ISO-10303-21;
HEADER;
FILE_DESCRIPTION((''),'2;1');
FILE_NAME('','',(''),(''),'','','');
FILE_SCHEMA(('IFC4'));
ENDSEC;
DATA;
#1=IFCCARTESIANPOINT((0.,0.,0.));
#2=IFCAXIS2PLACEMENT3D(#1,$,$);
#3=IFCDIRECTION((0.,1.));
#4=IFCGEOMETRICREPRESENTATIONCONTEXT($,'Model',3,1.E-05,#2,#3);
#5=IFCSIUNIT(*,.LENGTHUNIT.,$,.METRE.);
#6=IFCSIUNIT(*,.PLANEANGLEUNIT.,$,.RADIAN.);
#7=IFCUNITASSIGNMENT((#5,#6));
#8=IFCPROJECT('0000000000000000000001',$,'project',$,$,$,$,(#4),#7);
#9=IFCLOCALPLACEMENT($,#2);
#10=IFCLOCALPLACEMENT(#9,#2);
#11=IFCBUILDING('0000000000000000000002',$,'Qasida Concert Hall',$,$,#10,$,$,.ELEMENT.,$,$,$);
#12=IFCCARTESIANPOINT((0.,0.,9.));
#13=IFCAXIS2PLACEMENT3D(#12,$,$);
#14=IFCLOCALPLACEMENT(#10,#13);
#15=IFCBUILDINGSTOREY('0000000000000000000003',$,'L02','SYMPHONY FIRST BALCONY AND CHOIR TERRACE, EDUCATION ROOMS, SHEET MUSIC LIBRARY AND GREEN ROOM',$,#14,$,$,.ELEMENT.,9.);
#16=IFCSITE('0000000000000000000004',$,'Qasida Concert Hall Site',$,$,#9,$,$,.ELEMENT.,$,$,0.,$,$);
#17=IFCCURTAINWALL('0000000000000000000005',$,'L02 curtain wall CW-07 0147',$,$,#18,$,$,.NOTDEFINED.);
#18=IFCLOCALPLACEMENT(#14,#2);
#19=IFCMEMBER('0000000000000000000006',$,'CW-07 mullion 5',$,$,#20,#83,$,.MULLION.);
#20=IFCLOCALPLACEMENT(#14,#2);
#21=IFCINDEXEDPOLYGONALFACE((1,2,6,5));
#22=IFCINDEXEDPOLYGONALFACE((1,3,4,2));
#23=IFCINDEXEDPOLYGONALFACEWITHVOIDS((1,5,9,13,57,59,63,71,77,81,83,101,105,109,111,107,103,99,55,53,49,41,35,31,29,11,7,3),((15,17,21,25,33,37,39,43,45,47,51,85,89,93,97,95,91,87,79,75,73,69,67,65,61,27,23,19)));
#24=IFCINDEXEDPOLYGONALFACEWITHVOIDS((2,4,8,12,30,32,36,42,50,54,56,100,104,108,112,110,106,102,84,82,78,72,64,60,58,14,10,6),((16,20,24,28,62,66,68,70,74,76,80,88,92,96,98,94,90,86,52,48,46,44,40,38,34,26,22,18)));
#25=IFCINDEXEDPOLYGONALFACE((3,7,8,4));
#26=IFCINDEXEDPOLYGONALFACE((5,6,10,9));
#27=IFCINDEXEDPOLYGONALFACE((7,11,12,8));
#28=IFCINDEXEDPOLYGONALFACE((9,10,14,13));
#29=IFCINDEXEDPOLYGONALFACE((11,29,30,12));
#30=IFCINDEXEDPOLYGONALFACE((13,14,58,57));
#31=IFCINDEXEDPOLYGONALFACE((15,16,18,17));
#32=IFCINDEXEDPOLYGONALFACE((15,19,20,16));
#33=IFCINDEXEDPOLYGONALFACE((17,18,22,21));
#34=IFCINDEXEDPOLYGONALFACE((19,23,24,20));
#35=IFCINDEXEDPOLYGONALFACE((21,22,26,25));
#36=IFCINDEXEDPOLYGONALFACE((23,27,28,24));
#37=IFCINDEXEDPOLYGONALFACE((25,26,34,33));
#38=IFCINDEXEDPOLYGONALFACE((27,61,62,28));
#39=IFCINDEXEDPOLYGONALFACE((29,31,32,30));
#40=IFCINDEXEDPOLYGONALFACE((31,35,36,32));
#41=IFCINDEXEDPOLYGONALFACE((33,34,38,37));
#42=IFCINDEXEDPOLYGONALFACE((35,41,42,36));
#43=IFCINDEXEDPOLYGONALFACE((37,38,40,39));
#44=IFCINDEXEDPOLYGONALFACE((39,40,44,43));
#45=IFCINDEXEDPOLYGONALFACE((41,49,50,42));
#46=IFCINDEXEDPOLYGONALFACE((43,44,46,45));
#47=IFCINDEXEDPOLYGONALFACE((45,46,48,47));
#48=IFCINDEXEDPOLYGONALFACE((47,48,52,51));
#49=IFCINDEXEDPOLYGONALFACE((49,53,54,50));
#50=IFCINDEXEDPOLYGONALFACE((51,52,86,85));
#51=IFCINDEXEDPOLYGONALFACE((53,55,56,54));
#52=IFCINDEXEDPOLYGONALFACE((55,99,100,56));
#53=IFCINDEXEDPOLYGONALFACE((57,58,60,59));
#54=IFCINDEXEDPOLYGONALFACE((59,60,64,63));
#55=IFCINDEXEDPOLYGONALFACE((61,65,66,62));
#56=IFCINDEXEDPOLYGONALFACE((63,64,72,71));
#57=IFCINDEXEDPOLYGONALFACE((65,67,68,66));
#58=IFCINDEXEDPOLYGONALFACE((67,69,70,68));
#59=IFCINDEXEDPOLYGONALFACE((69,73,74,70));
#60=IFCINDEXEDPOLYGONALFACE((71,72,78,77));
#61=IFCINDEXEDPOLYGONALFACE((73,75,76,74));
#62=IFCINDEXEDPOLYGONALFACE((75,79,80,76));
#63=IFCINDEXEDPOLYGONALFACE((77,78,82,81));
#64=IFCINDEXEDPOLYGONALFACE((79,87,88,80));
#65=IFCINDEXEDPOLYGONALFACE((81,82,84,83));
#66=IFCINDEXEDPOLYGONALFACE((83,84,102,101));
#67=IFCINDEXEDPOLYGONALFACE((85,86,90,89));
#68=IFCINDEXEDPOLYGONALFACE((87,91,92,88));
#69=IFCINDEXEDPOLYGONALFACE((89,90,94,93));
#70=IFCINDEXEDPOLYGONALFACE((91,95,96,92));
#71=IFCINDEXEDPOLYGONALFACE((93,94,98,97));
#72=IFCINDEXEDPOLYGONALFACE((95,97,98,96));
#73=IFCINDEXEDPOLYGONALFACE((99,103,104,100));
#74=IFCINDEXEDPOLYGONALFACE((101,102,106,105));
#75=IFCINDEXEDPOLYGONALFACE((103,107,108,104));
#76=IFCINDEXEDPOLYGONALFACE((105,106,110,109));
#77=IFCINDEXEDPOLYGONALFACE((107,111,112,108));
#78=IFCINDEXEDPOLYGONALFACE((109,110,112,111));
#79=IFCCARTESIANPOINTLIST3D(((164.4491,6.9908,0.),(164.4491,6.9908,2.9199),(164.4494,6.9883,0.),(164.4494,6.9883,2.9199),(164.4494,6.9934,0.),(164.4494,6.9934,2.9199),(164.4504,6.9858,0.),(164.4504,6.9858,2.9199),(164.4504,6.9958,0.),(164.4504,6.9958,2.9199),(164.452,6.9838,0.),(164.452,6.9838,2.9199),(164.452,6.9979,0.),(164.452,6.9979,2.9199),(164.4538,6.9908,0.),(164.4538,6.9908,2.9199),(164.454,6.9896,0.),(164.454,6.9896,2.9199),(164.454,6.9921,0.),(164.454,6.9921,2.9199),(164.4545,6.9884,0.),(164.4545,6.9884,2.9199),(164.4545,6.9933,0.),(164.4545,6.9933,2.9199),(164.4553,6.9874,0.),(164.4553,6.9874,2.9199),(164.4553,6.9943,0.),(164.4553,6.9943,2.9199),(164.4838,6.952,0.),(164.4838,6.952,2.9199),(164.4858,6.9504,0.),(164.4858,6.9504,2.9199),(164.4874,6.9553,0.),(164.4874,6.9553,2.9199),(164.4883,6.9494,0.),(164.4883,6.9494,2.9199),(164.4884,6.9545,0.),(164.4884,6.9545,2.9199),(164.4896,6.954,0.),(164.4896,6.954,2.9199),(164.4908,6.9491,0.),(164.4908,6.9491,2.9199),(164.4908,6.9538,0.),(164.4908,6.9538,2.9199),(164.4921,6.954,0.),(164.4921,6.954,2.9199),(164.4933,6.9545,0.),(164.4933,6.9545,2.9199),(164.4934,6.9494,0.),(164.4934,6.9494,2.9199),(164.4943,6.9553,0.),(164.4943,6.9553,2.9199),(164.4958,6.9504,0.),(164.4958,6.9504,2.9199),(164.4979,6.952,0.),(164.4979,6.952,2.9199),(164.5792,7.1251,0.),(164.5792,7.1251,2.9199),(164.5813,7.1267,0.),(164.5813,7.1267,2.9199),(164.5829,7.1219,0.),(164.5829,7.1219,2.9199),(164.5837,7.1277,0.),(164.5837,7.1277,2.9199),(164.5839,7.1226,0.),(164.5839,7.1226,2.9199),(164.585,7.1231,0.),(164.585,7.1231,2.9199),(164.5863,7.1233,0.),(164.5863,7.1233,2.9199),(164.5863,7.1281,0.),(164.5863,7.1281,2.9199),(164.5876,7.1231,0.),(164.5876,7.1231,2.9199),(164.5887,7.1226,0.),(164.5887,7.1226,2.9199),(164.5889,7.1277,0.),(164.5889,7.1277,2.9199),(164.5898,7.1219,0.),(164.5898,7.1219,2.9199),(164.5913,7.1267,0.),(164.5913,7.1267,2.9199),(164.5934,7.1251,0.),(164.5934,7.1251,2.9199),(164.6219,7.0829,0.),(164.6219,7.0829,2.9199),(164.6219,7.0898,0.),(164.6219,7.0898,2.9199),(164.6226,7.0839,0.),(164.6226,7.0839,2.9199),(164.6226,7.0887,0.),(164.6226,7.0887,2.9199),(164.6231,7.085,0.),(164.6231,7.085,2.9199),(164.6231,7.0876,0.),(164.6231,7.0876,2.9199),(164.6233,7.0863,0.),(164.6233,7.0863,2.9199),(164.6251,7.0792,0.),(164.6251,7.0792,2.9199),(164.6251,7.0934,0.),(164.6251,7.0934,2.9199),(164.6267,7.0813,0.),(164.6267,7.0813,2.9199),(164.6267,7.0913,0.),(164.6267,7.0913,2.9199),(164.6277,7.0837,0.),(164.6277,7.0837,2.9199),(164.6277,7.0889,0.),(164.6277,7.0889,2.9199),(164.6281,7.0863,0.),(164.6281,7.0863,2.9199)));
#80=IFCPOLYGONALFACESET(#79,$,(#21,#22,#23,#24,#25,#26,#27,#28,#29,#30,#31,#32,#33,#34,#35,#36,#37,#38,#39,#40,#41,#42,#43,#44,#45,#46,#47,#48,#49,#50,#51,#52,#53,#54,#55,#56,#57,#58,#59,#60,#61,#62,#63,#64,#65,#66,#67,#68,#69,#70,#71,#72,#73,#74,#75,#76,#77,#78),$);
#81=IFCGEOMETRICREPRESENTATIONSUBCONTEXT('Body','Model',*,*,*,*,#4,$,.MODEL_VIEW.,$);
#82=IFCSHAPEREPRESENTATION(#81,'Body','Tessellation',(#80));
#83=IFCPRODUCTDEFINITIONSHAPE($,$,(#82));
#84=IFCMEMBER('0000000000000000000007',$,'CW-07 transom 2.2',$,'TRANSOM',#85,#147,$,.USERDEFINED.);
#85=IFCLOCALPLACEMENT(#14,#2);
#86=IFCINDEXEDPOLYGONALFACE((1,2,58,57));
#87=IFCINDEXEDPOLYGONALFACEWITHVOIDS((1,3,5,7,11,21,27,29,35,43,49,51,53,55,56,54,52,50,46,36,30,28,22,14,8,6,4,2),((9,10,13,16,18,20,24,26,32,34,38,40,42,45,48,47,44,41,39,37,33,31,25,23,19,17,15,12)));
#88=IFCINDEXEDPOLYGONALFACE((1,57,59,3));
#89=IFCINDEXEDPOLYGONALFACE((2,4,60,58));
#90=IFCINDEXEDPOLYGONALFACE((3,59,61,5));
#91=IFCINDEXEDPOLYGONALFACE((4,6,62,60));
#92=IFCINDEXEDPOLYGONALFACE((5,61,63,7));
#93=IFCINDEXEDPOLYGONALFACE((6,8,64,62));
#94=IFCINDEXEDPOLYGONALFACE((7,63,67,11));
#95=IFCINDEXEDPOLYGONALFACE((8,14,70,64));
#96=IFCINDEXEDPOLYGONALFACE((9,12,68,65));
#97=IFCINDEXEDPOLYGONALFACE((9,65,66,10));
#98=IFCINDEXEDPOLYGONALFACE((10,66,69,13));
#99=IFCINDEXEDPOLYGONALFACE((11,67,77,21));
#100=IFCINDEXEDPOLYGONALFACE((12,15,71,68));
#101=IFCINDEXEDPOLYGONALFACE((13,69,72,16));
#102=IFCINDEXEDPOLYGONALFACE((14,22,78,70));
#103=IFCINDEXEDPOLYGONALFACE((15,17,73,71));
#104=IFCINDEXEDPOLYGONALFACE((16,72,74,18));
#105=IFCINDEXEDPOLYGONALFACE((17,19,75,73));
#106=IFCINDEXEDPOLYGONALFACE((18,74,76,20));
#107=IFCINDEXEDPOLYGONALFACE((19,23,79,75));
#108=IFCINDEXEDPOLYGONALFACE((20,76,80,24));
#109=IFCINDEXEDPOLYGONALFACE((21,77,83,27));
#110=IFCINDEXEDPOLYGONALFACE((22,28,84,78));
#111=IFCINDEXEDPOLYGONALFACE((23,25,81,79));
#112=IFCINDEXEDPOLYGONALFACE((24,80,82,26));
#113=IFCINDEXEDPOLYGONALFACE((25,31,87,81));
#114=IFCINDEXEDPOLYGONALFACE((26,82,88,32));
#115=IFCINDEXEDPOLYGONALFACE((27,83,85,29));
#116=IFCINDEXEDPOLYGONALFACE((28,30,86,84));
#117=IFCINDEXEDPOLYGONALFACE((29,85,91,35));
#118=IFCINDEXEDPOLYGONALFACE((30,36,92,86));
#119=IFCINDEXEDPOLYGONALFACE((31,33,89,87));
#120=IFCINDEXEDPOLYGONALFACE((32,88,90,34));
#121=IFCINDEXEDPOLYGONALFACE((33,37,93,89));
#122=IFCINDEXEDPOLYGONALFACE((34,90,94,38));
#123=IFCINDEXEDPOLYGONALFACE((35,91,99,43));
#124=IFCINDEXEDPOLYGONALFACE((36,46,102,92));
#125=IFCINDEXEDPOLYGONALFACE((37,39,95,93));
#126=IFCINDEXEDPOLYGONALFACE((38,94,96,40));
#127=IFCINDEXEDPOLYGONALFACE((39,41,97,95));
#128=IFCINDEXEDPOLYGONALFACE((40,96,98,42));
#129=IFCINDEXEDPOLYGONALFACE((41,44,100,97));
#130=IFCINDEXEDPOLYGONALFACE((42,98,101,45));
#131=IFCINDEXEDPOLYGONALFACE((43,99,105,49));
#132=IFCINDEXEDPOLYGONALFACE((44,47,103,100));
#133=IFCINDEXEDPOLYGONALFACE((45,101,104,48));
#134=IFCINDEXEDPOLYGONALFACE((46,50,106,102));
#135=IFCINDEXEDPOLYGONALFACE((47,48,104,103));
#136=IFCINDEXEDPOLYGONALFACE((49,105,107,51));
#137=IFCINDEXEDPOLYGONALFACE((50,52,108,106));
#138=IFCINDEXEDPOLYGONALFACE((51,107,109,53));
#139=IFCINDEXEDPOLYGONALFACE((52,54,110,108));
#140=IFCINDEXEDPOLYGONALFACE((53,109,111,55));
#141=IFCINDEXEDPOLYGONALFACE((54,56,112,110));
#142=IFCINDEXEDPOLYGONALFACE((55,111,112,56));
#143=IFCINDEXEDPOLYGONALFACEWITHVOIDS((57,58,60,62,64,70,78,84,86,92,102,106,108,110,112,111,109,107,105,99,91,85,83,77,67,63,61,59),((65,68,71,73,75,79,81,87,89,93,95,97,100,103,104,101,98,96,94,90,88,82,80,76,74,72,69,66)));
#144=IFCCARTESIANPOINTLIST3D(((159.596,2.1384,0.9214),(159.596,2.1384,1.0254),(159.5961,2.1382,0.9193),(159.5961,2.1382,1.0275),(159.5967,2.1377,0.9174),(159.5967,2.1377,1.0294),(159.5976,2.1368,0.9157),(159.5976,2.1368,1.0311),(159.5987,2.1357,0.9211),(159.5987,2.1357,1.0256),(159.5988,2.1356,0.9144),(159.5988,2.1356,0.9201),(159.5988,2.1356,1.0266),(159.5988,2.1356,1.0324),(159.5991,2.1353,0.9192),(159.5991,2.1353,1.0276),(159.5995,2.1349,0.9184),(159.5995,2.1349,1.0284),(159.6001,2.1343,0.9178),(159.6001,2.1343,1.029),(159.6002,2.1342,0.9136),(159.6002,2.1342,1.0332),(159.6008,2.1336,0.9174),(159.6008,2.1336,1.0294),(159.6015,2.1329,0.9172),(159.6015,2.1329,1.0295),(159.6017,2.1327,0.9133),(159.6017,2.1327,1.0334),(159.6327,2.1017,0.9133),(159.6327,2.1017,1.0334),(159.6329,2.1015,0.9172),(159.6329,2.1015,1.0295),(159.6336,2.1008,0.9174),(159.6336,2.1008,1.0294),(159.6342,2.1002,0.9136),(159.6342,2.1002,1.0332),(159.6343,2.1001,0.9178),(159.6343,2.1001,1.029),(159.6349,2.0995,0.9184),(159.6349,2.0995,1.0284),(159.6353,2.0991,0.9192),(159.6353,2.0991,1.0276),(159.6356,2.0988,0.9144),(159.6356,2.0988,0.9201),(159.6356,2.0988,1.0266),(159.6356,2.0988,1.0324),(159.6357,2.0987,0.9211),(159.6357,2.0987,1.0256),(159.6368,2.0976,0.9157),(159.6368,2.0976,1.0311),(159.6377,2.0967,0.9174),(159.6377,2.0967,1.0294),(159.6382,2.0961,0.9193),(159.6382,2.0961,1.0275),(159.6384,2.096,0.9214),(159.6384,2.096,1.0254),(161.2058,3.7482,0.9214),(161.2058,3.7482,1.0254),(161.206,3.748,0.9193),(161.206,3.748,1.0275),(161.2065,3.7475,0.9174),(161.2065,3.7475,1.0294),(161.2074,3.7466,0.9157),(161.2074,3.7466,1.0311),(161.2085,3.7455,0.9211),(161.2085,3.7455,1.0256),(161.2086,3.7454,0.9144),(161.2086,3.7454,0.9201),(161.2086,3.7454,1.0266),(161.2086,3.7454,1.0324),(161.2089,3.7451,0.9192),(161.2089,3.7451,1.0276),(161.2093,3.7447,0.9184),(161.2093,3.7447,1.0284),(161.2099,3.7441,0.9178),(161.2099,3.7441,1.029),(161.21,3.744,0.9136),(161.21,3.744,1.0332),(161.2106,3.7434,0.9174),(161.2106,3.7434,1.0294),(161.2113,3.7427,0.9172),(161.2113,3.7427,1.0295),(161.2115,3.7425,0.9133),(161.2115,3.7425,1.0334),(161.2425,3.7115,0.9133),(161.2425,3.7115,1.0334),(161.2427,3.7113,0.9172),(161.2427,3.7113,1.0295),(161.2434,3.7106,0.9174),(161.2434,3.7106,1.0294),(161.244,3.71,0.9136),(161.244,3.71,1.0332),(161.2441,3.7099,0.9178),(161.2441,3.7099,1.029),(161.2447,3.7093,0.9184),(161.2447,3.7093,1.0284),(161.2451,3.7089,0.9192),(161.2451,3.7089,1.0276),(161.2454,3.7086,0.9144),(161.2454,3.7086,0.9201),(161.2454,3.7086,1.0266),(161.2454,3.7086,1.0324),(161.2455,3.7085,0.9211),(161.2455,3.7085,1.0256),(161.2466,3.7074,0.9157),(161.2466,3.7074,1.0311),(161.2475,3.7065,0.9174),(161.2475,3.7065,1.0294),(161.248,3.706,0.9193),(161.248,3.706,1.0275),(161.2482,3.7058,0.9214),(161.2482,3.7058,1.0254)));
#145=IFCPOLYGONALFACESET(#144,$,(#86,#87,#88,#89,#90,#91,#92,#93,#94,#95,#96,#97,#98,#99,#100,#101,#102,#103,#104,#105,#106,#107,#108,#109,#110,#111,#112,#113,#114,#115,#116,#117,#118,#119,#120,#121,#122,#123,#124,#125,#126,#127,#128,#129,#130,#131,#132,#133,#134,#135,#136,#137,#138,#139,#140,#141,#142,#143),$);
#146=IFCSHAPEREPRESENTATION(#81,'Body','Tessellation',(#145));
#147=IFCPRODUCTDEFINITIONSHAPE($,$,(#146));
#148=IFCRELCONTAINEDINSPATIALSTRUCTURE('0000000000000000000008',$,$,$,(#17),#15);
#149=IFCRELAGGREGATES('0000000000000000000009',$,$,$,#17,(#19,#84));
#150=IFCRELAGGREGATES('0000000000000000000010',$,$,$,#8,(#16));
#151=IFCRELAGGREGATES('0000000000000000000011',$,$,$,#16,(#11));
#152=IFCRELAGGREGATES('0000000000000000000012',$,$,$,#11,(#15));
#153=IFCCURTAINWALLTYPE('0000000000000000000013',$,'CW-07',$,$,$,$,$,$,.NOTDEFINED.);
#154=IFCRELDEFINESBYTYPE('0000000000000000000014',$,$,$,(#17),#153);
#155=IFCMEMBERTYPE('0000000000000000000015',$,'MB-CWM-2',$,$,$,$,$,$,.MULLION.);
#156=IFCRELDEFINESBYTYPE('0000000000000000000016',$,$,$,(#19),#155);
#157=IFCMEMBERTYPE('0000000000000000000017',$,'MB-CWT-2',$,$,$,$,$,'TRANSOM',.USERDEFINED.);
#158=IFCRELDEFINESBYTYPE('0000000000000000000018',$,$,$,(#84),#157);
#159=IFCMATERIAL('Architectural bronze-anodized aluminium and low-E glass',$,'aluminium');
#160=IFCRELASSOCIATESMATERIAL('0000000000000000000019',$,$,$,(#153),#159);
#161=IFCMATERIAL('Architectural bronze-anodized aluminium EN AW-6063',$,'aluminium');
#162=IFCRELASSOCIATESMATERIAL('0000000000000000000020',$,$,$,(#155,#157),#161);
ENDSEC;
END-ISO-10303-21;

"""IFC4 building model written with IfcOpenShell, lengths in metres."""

from ifc_helpers import new_model, si_unit, direction, frame, origin, origin_2d, place, context, subcontext, project, spatial, hollow_rectangle, extrude, material, material_profile, profile_set, type_object, element, aggregate, save


model = new_model("IFC4")

# Units and contexts
model_context = context("Model", 3, precision=1e-05, world=origin(), true_north=direction((0.0, 1.0)))
body_context = subcontext(model_context, "Body", "Model", "MODEL_VIEW")
ifc_project = project(units=[si_unit("LENGTHUNIT", "METRE"), si_unit("PLANEANGLEUNIT", "RADIAN")], contexts=[model_context])

# Site, building, storey
site_placement = place(None, origin())
site = spatial("IfcSite", under=ifc_project, at=site_placement, Name="Qasida Concert Hall Site", CompositionType="ELEMENT", RefElevation=0.0)
building_placement = place(site_placement, origin())
building = spatial("IfcBuilding", under=site, at=building_placement, Name="Qasida Concert Hall", CompositionType="ELEMENT")
storey_placement = place(building_placement, frame((0.0, 0.0, 9.0)))
storey = spatial("IfcBuildingStorey", under=building, at=storey_placement, Name="L02", Description="SYMPHONY FIRST BALCONY AND CHOIR TERRACE, EDUCATION ROOMS, SHEET MUSIC LIBRARY AND GREEN ROOM", CompositionType="ELEMENT", Elevation=9.0)

# Curtain wall, members
ifc_material_1 = material(Name="Architectural bronze-anodized aluminium and low-E glass", Category="aluminium")
curtain_wall_type = type_object("IfcCurtainWallType", Name="CW-07", PredefinedType="NOTDEFINED", material=ifc_material_1)
curtain_wall_placement = place(storey_placement, origin())
curtain_wall = element("IfcCurtainWall", 1, at=curtain_wall_placement, inside=storey, type_object=curtain_wall_type, Name="L02 curtain wall CW-07 0147", PredefinedType="NOTDEFINED")
ifc_material_2 = material(Name="Architectural bronze-anodized aluminium EN AW-6063", Category="aluminium")
ifc_material_profile_1 = material_profile(ifc_material_2, hollow_rectangle(XDim=0.0649, YDim=0.2, WallThickness=0.0049, InnerFilletRadius=0.0049, OuterFilletRadius=0.01, at=origin_2d()), Name="CWM 200x65x5")
ifc_profile_set_1 = profile_set([ifc_material_profile_1], Name="Architectural bronze-anodized aluminium EN AW-6063")
member_type_1 = type_object("IfcMemberType", Name="MB-CWM-2", PredefinedType="MULLION", material=ifc_profile_set_1)
member_1_placement = place(storey_placement, frame((164.5386, 7.0386, 0.0), z_axis=(0.0, 0.0, 1.0), x_axis=(-0.707107, 0.707107, 0.0)))
member_1 = element("IfcMember", 2, at=member_1_placement, type_object=member_type_1, Name="CW-07 mullion 5", PredefinedType="MULLION", context=body_context, shape_type="SweptSolid", body=[
    extrude(hollow_rectangle(XDim=0.0649, YDim=0.2, WallThickness=0.0049, InnerFilletRadius=0.0049, OuterFilletRadius=0.01, at=origin_2d()), origin(), (0.0, 0.0, 1.0), 2.9199),
])
ifc_material_profile_2 = material_profile(ifc_material_2, hollow_rectangle(XDim=0.0601, YDim=0.1201, WallThickness=0.0039, InnerFilletRadius=0.0039, OuterFilletRadius=0.0081, at=origin_2d()), Name="CWT 120x60x4")
ifc_profile_set_2 = profile_set([ifc_material_profile_2], Name="Architectural bronze-anodized aluminium EN AW-6063")
member_type_2 = type_object("IfcMemberType", Name="MB-CWT-2", ElementType="TRANSOM", PredefinedType="USERDEFINED", material=ifc_profile_set_2)
member_2_placement = place(storey_placement, frame((159.6172, 2.1172, 0.9734), z_axis=(0.707107, 0.707107, 0.0), x_axis=(-0.707107, 0.707107, 0.0)))
member_2 = element("IfcMember", 3, at=member_2_placement, type_object=member_type_2, Name="CW-07 transom 2.2", ObjectType="TRANSOM", PredefinedType="USERDEFINED", context=body_context, shape_type="SweptSolid", body=[
    extrude(hollow_rectangle(XDim=0.0601, YDim=0.1201, WallThickness=0.0039, InnerFilletRadius=0.0039, OuterFilletRadius=0.0081, at=origin_2d()), origin(), (0.0, 0.0, 1.0), 2.2766),
])
aggregate(curtain_wall, [member_1, member_2])

save(model, "model.ifc")
